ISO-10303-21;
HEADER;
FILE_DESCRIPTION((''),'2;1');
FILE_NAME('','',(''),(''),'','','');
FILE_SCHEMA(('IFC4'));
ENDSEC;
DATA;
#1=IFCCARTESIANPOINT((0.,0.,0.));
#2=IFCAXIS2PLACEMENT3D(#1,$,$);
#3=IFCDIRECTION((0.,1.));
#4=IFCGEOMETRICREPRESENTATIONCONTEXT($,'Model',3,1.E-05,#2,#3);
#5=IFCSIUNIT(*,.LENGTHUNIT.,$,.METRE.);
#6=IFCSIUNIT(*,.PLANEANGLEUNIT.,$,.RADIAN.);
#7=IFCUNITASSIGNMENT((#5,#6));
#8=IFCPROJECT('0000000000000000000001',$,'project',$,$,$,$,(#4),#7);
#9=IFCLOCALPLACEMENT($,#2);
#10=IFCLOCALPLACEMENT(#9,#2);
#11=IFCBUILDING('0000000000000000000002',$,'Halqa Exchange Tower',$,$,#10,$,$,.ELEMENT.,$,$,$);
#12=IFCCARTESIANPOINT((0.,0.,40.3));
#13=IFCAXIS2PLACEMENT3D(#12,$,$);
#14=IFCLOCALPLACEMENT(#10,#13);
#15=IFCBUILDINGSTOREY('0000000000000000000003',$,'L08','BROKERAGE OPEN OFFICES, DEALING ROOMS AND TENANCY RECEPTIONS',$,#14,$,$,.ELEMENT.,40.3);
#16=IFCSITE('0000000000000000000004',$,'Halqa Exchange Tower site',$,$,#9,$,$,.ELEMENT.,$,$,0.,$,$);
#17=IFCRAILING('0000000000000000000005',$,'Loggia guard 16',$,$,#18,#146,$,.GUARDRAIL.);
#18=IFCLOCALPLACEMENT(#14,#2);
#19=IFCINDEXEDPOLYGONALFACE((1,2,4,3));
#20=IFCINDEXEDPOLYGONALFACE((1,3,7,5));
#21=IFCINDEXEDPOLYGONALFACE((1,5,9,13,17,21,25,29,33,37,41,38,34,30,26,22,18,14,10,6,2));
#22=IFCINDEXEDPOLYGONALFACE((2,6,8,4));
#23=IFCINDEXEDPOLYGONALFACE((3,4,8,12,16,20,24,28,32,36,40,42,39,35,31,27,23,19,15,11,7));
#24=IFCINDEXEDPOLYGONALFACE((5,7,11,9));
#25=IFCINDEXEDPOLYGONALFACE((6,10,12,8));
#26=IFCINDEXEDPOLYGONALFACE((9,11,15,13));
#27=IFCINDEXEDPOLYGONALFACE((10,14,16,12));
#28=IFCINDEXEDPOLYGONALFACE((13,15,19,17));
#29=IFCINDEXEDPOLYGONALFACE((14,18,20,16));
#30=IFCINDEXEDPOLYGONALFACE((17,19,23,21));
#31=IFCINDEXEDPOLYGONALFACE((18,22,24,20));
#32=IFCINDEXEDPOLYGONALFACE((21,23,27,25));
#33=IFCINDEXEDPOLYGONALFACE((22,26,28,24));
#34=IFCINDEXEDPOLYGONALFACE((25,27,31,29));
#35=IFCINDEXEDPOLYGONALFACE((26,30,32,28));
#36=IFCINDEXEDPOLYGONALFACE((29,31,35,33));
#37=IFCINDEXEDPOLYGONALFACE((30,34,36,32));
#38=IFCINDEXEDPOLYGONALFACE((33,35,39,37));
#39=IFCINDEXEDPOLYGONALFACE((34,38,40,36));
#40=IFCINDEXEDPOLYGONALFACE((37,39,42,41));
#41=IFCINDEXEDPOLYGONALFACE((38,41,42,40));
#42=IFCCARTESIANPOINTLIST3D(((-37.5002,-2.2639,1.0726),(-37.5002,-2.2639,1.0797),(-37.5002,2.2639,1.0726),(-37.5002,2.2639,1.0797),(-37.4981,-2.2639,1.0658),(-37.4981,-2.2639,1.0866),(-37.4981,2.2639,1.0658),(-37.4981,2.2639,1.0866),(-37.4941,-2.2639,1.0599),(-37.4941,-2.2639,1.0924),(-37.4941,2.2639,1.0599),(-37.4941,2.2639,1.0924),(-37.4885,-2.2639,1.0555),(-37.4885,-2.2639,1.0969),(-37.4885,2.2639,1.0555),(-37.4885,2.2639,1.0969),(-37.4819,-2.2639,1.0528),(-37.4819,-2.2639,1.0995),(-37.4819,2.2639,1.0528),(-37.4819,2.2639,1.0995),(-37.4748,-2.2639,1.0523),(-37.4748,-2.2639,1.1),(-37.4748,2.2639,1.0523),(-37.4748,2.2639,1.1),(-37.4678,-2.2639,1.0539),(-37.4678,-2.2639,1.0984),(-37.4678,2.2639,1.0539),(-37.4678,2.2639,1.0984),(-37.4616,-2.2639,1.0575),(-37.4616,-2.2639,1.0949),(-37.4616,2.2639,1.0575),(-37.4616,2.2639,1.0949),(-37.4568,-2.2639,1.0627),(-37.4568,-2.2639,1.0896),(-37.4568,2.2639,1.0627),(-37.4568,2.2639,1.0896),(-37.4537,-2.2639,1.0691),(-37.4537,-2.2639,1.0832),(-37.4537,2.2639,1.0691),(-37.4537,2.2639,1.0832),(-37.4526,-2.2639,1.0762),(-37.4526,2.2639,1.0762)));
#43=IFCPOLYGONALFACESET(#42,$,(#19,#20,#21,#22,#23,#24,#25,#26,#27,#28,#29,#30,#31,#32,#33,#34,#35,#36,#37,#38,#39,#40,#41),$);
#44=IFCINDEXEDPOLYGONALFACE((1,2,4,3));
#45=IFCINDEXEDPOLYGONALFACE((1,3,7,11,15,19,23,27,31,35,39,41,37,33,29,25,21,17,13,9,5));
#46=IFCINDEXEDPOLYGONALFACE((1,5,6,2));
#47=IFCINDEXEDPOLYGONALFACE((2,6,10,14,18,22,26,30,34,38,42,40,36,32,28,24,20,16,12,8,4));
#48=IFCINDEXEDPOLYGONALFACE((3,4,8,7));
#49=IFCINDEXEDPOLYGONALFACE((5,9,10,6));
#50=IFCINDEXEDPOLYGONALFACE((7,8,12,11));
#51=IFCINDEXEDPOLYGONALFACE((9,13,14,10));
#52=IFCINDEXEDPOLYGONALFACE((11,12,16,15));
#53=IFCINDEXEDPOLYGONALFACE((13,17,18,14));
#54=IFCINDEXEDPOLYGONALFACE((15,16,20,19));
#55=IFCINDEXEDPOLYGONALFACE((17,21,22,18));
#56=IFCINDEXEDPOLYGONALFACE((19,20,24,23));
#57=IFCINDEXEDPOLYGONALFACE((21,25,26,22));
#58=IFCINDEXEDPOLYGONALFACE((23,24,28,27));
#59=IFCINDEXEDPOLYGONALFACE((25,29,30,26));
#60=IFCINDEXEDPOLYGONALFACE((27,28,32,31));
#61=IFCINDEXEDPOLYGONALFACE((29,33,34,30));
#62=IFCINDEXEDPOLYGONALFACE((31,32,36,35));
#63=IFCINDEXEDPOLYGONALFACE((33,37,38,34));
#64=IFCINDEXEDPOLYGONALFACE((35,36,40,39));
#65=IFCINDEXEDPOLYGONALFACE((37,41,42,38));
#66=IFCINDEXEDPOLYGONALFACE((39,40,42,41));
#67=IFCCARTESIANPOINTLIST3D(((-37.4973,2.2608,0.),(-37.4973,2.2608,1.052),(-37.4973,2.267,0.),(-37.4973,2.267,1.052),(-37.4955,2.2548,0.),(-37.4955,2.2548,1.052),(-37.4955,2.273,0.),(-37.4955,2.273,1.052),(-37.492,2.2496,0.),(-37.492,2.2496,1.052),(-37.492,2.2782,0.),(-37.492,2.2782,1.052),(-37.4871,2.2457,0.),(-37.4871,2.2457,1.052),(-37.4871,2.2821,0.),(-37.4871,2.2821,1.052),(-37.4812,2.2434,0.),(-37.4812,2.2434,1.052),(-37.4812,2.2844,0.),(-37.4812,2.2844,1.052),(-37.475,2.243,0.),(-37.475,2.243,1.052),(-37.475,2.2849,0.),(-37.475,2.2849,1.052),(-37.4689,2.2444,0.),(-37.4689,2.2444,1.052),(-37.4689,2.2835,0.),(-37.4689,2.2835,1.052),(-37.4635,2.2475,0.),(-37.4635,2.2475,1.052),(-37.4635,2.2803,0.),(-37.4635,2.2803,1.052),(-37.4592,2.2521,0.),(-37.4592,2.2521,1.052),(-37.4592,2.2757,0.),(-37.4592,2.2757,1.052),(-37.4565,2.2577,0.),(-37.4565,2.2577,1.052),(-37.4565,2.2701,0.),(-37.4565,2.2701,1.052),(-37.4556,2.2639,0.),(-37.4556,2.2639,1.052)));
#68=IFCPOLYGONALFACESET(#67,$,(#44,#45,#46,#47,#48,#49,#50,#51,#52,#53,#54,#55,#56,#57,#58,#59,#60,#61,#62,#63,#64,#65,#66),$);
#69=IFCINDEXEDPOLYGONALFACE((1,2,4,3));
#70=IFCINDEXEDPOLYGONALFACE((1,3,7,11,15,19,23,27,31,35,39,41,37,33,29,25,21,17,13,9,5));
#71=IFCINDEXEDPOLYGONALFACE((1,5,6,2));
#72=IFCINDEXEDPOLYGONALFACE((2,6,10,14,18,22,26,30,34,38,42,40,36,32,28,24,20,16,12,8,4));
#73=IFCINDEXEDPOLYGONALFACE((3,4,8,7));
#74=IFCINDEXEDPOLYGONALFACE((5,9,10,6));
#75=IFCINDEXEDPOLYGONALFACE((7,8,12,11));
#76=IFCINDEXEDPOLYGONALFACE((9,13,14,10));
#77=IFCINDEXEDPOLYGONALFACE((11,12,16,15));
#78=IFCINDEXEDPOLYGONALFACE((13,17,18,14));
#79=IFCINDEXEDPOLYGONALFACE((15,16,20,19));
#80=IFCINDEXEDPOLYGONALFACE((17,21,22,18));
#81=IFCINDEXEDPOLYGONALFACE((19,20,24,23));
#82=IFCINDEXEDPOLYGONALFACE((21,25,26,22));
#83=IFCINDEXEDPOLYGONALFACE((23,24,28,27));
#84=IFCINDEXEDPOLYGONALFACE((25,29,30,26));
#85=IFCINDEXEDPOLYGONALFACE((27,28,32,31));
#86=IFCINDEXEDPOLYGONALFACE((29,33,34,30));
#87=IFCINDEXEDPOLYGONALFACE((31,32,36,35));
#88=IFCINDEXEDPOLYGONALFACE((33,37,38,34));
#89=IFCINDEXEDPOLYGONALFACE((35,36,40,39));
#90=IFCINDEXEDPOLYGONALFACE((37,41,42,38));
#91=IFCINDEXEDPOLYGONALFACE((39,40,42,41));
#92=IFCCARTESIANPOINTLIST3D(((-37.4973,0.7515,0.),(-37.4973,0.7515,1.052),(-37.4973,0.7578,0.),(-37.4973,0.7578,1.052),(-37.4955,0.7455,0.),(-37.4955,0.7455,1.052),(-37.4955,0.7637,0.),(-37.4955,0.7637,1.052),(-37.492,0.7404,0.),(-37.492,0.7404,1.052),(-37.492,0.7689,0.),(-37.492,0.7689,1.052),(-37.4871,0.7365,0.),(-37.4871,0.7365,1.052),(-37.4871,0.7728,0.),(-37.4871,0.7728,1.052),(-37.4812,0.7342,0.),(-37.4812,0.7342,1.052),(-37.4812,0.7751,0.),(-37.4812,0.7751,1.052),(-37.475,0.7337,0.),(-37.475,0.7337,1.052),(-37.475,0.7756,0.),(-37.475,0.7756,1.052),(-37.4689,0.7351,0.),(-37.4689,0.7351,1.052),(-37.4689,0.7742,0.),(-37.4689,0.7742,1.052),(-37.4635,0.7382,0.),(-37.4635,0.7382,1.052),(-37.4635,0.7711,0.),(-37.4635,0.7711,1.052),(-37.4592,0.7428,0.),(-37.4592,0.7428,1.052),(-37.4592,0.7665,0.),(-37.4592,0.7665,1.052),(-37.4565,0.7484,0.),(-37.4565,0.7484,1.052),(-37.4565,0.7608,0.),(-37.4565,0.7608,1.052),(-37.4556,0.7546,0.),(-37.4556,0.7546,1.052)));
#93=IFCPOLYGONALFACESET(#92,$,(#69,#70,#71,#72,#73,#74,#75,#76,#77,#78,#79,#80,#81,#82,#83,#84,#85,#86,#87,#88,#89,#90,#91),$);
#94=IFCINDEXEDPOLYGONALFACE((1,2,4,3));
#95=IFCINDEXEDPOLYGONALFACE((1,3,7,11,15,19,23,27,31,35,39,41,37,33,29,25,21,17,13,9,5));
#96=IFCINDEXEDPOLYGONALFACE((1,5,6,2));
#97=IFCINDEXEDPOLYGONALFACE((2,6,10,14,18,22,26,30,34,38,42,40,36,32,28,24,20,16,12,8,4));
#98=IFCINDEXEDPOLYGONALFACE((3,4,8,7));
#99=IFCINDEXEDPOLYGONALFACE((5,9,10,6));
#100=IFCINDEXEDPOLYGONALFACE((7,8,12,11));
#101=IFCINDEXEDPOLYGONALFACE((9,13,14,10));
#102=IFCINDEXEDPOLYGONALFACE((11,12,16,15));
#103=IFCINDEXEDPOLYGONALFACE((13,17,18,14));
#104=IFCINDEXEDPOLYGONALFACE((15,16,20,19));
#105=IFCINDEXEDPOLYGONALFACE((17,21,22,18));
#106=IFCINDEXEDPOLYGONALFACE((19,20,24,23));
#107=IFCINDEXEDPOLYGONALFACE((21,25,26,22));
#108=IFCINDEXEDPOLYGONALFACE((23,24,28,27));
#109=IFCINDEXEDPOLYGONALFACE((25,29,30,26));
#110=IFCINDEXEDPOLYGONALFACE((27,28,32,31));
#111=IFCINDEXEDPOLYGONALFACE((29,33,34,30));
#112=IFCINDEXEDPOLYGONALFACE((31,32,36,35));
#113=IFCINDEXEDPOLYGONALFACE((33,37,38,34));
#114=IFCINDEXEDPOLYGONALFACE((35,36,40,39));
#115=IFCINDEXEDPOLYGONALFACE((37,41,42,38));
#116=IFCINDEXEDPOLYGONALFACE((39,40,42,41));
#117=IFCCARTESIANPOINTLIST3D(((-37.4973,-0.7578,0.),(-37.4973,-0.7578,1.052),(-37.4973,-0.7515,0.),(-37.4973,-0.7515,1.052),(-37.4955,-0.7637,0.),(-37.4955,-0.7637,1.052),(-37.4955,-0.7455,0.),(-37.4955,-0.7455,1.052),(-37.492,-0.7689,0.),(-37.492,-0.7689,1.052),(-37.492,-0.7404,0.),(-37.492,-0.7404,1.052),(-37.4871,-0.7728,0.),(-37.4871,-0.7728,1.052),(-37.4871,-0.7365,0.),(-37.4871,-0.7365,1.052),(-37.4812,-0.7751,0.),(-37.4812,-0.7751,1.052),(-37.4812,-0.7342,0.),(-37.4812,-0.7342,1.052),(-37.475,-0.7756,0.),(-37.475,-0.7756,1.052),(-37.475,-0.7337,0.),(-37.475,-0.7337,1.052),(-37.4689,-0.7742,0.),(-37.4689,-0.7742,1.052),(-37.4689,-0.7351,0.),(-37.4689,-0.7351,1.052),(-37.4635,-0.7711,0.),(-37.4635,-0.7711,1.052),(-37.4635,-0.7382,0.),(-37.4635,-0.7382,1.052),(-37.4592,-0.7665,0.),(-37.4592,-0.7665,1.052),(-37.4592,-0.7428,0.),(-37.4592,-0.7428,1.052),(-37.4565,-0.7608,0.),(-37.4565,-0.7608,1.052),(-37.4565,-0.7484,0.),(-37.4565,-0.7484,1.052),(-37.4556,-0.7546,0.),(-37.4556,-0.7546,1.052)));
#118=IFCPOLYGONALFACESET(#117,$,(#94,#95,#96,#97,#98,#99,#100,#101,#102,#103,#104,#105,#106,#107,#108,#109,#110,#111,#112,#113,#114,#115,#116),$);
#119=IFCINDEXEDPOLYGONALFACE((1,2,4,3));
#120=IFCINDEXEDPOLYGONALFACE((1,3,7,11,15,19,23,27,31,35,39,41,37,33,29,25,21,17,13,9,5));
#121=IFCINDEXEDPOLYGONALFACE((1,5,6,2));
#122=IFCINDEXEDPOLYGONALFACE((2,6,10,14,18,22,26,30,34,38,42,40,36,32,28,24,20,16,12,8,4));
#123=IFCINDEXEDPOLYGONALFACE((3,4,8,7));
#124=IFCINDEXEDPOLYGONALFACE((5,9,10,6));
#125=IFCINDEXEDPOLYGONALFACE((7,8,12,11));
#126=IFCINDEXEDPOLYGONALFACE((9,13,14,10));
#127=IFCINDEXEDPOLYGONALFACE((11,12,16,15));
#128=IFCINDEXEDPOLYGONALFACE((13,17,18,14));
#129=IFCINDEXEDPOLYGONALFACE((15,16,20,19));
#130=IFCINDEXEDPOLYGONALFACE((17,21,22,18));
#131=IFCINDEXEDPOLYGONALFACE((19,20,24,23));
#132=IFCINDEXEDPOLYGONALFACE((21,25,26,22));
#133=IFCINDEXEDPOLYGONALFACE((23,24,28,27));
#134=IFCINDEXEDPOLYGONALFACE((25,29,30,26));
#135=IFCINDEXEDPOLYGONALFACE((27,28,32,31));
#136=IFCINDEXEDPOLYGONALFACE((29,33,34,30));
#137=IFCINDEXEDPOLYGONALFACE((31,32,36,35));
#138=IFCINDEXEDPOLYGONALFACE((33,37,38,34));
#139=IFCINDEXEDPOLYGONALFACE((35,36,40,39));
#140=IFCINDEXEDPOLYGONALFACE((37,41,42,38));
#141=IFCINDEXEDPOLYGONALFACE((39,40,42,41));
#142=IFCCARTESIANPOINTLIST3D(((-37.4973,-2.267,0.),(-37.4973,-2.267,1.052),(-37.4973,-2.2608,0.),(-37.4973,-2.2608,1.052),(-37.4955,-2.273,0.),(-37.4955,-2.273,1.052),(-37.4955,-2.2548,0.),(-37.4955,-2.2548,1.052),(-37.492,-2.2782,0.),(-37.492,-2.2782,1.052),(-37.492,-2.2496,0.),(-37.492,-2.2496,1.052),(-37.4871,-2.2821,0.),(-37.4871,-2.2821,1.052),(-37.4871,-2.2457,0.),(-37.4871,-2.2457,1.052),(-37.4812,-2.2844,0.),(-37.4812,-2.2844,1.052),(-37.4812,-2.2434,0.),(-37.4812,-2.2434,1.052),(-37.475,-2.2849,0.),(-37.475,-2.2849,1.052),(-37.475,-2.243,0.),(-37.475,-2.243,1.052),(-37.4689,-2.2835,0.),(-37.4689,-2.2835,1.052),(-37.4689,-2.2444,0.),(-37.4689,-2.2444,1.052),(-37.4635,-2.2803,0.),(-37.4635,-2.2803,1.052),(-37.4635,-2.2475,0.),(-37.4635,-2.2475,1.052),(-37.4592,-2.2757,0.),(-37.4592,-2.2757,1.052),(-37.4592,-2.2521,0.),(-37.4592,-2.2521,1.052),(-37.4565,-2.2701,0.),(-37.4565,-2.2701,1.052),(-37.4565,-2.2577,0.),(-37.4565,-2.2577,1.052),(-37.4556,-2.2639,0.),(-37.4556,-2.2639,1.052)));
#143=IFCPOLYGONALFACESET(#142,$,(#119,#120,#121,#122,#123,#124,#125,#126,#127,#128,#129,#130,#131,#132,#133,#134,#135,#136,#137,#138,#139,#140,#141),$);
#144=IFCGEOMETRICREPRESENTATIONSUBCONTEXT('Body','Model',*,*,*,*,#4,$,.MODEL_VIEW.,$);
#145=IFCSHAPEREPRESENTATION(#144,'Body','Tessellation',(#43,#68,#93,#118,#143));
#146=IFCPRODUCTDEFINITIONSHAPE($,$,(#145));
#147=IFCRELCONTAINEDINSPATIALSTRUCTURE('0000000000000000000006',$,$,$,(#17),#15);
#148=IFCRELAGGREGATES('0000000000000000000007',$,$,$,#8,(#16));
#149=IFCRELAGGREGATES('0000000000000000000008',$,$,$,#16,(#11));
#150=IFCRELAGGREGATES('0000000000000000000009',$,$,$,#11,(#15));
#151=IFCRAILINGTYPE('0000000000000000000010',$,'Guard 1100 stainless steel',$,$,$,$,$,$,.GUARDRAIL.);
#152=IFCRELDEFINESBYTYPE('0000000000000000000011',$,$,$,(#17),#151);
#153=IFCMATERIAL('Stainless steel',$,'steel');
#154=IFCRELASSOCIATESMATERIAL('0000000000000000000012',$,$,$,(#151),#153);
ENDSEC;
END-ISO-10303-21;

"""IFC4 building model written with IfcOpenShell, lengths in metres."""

from ifc_helpers import new_model, si_unit, direction, frame, origin, origin_2d, place, context, subcontext, project, spatial, circle, extrude, material, type_object, element, save


model = new_model("IFC4")

# Units and contexts
model_context = context("Model", 3, precision=1e-05, world=origin(), true_north=direction((0.0, 1.0)))
body_context = subcontext(model_context, "Body", "Model", "MODEL_VIEW")
ifc_project = project(units=[si_unit("LENGTHUNIT", "METRE"), si_unit("PLANEANGLEUNIT", "RADIAN")], contexts=[model_context])

# Site, building, storey
site_placement = place(None, origin())
site = spatial("IfcSite", under=ifc_project, at=site_placement, Name="Halqa Exchange Tower site", CompositionType="ELEMENT", RefElevation=0.0)
building_placement = place(site_placement, origin())
building = spatial("IfcBuilding", under=site, at=building_placement, Name="Halqa Exchange Tower", CompositionType="ELEMENT")
storey_placement = place(building_placement, frame((0.0, 0.0, 40.3)))
storey = spatial("IfcBuildingStorey", under=building, at=storey_placement, Name="L08", Description="BROKERAGE OPEN OFFICES, DEALING ROOMS AND TENANCY RECEPTIONS", CompositionType="ELEMENT", Elevation=40.3)

# Railing
ifc_material_1 = material(Name="Stainless steel", Category="steel")
railing_type = type_object("IfcRailingType", Name="Guard 1100 stainless steel", PredefinedType="GUARDRAIL", material=ifc_material_1)
railing_1_placement = place(storey_placement, frame((-37.4766, 2.2639, 0.0)))
element("IfcRailing", 1, at=railing_1_placement, inside=storey, type_object=railing_type, Name="Loggia guard 16", PredefinedType="GUARDRAIL", context=body_context, shape_type="SweptSolid", body=[
    extrude(circle(Radius=0.0239, at=origin_2d()), frame((0.0, 0.0, 1.0762), z_axis=(0.0, -1.0, 0.0), x_axis=(1.0, 0.0, 0.0)), (0.0, 0.0, 1.0), 4.5278),
    extrude(circle(Radius=0.021, at=origin_2d()), origin(), (0.0, 0.0, 1.0), 1.052),
    extrude(circle(Radius=0.021, at=origin_2d()), frame((0.0, -1.5093, 0.0)), (0.0, 0.0, 1.0), 1.052),
    extrude(circle(Radius=0.021, at=origin_2d()), frame((0.0, -3.0186, 0.0)), (0.0, 0.0, 1.0), 1.052),
    extrude(circle(Radius=0.021, at=origin_2d()), frame((0.0, -4.5278, 0.0)), (0.0, 0.0, 1.0), 1.052),
])

save(model, "model.ifc")
